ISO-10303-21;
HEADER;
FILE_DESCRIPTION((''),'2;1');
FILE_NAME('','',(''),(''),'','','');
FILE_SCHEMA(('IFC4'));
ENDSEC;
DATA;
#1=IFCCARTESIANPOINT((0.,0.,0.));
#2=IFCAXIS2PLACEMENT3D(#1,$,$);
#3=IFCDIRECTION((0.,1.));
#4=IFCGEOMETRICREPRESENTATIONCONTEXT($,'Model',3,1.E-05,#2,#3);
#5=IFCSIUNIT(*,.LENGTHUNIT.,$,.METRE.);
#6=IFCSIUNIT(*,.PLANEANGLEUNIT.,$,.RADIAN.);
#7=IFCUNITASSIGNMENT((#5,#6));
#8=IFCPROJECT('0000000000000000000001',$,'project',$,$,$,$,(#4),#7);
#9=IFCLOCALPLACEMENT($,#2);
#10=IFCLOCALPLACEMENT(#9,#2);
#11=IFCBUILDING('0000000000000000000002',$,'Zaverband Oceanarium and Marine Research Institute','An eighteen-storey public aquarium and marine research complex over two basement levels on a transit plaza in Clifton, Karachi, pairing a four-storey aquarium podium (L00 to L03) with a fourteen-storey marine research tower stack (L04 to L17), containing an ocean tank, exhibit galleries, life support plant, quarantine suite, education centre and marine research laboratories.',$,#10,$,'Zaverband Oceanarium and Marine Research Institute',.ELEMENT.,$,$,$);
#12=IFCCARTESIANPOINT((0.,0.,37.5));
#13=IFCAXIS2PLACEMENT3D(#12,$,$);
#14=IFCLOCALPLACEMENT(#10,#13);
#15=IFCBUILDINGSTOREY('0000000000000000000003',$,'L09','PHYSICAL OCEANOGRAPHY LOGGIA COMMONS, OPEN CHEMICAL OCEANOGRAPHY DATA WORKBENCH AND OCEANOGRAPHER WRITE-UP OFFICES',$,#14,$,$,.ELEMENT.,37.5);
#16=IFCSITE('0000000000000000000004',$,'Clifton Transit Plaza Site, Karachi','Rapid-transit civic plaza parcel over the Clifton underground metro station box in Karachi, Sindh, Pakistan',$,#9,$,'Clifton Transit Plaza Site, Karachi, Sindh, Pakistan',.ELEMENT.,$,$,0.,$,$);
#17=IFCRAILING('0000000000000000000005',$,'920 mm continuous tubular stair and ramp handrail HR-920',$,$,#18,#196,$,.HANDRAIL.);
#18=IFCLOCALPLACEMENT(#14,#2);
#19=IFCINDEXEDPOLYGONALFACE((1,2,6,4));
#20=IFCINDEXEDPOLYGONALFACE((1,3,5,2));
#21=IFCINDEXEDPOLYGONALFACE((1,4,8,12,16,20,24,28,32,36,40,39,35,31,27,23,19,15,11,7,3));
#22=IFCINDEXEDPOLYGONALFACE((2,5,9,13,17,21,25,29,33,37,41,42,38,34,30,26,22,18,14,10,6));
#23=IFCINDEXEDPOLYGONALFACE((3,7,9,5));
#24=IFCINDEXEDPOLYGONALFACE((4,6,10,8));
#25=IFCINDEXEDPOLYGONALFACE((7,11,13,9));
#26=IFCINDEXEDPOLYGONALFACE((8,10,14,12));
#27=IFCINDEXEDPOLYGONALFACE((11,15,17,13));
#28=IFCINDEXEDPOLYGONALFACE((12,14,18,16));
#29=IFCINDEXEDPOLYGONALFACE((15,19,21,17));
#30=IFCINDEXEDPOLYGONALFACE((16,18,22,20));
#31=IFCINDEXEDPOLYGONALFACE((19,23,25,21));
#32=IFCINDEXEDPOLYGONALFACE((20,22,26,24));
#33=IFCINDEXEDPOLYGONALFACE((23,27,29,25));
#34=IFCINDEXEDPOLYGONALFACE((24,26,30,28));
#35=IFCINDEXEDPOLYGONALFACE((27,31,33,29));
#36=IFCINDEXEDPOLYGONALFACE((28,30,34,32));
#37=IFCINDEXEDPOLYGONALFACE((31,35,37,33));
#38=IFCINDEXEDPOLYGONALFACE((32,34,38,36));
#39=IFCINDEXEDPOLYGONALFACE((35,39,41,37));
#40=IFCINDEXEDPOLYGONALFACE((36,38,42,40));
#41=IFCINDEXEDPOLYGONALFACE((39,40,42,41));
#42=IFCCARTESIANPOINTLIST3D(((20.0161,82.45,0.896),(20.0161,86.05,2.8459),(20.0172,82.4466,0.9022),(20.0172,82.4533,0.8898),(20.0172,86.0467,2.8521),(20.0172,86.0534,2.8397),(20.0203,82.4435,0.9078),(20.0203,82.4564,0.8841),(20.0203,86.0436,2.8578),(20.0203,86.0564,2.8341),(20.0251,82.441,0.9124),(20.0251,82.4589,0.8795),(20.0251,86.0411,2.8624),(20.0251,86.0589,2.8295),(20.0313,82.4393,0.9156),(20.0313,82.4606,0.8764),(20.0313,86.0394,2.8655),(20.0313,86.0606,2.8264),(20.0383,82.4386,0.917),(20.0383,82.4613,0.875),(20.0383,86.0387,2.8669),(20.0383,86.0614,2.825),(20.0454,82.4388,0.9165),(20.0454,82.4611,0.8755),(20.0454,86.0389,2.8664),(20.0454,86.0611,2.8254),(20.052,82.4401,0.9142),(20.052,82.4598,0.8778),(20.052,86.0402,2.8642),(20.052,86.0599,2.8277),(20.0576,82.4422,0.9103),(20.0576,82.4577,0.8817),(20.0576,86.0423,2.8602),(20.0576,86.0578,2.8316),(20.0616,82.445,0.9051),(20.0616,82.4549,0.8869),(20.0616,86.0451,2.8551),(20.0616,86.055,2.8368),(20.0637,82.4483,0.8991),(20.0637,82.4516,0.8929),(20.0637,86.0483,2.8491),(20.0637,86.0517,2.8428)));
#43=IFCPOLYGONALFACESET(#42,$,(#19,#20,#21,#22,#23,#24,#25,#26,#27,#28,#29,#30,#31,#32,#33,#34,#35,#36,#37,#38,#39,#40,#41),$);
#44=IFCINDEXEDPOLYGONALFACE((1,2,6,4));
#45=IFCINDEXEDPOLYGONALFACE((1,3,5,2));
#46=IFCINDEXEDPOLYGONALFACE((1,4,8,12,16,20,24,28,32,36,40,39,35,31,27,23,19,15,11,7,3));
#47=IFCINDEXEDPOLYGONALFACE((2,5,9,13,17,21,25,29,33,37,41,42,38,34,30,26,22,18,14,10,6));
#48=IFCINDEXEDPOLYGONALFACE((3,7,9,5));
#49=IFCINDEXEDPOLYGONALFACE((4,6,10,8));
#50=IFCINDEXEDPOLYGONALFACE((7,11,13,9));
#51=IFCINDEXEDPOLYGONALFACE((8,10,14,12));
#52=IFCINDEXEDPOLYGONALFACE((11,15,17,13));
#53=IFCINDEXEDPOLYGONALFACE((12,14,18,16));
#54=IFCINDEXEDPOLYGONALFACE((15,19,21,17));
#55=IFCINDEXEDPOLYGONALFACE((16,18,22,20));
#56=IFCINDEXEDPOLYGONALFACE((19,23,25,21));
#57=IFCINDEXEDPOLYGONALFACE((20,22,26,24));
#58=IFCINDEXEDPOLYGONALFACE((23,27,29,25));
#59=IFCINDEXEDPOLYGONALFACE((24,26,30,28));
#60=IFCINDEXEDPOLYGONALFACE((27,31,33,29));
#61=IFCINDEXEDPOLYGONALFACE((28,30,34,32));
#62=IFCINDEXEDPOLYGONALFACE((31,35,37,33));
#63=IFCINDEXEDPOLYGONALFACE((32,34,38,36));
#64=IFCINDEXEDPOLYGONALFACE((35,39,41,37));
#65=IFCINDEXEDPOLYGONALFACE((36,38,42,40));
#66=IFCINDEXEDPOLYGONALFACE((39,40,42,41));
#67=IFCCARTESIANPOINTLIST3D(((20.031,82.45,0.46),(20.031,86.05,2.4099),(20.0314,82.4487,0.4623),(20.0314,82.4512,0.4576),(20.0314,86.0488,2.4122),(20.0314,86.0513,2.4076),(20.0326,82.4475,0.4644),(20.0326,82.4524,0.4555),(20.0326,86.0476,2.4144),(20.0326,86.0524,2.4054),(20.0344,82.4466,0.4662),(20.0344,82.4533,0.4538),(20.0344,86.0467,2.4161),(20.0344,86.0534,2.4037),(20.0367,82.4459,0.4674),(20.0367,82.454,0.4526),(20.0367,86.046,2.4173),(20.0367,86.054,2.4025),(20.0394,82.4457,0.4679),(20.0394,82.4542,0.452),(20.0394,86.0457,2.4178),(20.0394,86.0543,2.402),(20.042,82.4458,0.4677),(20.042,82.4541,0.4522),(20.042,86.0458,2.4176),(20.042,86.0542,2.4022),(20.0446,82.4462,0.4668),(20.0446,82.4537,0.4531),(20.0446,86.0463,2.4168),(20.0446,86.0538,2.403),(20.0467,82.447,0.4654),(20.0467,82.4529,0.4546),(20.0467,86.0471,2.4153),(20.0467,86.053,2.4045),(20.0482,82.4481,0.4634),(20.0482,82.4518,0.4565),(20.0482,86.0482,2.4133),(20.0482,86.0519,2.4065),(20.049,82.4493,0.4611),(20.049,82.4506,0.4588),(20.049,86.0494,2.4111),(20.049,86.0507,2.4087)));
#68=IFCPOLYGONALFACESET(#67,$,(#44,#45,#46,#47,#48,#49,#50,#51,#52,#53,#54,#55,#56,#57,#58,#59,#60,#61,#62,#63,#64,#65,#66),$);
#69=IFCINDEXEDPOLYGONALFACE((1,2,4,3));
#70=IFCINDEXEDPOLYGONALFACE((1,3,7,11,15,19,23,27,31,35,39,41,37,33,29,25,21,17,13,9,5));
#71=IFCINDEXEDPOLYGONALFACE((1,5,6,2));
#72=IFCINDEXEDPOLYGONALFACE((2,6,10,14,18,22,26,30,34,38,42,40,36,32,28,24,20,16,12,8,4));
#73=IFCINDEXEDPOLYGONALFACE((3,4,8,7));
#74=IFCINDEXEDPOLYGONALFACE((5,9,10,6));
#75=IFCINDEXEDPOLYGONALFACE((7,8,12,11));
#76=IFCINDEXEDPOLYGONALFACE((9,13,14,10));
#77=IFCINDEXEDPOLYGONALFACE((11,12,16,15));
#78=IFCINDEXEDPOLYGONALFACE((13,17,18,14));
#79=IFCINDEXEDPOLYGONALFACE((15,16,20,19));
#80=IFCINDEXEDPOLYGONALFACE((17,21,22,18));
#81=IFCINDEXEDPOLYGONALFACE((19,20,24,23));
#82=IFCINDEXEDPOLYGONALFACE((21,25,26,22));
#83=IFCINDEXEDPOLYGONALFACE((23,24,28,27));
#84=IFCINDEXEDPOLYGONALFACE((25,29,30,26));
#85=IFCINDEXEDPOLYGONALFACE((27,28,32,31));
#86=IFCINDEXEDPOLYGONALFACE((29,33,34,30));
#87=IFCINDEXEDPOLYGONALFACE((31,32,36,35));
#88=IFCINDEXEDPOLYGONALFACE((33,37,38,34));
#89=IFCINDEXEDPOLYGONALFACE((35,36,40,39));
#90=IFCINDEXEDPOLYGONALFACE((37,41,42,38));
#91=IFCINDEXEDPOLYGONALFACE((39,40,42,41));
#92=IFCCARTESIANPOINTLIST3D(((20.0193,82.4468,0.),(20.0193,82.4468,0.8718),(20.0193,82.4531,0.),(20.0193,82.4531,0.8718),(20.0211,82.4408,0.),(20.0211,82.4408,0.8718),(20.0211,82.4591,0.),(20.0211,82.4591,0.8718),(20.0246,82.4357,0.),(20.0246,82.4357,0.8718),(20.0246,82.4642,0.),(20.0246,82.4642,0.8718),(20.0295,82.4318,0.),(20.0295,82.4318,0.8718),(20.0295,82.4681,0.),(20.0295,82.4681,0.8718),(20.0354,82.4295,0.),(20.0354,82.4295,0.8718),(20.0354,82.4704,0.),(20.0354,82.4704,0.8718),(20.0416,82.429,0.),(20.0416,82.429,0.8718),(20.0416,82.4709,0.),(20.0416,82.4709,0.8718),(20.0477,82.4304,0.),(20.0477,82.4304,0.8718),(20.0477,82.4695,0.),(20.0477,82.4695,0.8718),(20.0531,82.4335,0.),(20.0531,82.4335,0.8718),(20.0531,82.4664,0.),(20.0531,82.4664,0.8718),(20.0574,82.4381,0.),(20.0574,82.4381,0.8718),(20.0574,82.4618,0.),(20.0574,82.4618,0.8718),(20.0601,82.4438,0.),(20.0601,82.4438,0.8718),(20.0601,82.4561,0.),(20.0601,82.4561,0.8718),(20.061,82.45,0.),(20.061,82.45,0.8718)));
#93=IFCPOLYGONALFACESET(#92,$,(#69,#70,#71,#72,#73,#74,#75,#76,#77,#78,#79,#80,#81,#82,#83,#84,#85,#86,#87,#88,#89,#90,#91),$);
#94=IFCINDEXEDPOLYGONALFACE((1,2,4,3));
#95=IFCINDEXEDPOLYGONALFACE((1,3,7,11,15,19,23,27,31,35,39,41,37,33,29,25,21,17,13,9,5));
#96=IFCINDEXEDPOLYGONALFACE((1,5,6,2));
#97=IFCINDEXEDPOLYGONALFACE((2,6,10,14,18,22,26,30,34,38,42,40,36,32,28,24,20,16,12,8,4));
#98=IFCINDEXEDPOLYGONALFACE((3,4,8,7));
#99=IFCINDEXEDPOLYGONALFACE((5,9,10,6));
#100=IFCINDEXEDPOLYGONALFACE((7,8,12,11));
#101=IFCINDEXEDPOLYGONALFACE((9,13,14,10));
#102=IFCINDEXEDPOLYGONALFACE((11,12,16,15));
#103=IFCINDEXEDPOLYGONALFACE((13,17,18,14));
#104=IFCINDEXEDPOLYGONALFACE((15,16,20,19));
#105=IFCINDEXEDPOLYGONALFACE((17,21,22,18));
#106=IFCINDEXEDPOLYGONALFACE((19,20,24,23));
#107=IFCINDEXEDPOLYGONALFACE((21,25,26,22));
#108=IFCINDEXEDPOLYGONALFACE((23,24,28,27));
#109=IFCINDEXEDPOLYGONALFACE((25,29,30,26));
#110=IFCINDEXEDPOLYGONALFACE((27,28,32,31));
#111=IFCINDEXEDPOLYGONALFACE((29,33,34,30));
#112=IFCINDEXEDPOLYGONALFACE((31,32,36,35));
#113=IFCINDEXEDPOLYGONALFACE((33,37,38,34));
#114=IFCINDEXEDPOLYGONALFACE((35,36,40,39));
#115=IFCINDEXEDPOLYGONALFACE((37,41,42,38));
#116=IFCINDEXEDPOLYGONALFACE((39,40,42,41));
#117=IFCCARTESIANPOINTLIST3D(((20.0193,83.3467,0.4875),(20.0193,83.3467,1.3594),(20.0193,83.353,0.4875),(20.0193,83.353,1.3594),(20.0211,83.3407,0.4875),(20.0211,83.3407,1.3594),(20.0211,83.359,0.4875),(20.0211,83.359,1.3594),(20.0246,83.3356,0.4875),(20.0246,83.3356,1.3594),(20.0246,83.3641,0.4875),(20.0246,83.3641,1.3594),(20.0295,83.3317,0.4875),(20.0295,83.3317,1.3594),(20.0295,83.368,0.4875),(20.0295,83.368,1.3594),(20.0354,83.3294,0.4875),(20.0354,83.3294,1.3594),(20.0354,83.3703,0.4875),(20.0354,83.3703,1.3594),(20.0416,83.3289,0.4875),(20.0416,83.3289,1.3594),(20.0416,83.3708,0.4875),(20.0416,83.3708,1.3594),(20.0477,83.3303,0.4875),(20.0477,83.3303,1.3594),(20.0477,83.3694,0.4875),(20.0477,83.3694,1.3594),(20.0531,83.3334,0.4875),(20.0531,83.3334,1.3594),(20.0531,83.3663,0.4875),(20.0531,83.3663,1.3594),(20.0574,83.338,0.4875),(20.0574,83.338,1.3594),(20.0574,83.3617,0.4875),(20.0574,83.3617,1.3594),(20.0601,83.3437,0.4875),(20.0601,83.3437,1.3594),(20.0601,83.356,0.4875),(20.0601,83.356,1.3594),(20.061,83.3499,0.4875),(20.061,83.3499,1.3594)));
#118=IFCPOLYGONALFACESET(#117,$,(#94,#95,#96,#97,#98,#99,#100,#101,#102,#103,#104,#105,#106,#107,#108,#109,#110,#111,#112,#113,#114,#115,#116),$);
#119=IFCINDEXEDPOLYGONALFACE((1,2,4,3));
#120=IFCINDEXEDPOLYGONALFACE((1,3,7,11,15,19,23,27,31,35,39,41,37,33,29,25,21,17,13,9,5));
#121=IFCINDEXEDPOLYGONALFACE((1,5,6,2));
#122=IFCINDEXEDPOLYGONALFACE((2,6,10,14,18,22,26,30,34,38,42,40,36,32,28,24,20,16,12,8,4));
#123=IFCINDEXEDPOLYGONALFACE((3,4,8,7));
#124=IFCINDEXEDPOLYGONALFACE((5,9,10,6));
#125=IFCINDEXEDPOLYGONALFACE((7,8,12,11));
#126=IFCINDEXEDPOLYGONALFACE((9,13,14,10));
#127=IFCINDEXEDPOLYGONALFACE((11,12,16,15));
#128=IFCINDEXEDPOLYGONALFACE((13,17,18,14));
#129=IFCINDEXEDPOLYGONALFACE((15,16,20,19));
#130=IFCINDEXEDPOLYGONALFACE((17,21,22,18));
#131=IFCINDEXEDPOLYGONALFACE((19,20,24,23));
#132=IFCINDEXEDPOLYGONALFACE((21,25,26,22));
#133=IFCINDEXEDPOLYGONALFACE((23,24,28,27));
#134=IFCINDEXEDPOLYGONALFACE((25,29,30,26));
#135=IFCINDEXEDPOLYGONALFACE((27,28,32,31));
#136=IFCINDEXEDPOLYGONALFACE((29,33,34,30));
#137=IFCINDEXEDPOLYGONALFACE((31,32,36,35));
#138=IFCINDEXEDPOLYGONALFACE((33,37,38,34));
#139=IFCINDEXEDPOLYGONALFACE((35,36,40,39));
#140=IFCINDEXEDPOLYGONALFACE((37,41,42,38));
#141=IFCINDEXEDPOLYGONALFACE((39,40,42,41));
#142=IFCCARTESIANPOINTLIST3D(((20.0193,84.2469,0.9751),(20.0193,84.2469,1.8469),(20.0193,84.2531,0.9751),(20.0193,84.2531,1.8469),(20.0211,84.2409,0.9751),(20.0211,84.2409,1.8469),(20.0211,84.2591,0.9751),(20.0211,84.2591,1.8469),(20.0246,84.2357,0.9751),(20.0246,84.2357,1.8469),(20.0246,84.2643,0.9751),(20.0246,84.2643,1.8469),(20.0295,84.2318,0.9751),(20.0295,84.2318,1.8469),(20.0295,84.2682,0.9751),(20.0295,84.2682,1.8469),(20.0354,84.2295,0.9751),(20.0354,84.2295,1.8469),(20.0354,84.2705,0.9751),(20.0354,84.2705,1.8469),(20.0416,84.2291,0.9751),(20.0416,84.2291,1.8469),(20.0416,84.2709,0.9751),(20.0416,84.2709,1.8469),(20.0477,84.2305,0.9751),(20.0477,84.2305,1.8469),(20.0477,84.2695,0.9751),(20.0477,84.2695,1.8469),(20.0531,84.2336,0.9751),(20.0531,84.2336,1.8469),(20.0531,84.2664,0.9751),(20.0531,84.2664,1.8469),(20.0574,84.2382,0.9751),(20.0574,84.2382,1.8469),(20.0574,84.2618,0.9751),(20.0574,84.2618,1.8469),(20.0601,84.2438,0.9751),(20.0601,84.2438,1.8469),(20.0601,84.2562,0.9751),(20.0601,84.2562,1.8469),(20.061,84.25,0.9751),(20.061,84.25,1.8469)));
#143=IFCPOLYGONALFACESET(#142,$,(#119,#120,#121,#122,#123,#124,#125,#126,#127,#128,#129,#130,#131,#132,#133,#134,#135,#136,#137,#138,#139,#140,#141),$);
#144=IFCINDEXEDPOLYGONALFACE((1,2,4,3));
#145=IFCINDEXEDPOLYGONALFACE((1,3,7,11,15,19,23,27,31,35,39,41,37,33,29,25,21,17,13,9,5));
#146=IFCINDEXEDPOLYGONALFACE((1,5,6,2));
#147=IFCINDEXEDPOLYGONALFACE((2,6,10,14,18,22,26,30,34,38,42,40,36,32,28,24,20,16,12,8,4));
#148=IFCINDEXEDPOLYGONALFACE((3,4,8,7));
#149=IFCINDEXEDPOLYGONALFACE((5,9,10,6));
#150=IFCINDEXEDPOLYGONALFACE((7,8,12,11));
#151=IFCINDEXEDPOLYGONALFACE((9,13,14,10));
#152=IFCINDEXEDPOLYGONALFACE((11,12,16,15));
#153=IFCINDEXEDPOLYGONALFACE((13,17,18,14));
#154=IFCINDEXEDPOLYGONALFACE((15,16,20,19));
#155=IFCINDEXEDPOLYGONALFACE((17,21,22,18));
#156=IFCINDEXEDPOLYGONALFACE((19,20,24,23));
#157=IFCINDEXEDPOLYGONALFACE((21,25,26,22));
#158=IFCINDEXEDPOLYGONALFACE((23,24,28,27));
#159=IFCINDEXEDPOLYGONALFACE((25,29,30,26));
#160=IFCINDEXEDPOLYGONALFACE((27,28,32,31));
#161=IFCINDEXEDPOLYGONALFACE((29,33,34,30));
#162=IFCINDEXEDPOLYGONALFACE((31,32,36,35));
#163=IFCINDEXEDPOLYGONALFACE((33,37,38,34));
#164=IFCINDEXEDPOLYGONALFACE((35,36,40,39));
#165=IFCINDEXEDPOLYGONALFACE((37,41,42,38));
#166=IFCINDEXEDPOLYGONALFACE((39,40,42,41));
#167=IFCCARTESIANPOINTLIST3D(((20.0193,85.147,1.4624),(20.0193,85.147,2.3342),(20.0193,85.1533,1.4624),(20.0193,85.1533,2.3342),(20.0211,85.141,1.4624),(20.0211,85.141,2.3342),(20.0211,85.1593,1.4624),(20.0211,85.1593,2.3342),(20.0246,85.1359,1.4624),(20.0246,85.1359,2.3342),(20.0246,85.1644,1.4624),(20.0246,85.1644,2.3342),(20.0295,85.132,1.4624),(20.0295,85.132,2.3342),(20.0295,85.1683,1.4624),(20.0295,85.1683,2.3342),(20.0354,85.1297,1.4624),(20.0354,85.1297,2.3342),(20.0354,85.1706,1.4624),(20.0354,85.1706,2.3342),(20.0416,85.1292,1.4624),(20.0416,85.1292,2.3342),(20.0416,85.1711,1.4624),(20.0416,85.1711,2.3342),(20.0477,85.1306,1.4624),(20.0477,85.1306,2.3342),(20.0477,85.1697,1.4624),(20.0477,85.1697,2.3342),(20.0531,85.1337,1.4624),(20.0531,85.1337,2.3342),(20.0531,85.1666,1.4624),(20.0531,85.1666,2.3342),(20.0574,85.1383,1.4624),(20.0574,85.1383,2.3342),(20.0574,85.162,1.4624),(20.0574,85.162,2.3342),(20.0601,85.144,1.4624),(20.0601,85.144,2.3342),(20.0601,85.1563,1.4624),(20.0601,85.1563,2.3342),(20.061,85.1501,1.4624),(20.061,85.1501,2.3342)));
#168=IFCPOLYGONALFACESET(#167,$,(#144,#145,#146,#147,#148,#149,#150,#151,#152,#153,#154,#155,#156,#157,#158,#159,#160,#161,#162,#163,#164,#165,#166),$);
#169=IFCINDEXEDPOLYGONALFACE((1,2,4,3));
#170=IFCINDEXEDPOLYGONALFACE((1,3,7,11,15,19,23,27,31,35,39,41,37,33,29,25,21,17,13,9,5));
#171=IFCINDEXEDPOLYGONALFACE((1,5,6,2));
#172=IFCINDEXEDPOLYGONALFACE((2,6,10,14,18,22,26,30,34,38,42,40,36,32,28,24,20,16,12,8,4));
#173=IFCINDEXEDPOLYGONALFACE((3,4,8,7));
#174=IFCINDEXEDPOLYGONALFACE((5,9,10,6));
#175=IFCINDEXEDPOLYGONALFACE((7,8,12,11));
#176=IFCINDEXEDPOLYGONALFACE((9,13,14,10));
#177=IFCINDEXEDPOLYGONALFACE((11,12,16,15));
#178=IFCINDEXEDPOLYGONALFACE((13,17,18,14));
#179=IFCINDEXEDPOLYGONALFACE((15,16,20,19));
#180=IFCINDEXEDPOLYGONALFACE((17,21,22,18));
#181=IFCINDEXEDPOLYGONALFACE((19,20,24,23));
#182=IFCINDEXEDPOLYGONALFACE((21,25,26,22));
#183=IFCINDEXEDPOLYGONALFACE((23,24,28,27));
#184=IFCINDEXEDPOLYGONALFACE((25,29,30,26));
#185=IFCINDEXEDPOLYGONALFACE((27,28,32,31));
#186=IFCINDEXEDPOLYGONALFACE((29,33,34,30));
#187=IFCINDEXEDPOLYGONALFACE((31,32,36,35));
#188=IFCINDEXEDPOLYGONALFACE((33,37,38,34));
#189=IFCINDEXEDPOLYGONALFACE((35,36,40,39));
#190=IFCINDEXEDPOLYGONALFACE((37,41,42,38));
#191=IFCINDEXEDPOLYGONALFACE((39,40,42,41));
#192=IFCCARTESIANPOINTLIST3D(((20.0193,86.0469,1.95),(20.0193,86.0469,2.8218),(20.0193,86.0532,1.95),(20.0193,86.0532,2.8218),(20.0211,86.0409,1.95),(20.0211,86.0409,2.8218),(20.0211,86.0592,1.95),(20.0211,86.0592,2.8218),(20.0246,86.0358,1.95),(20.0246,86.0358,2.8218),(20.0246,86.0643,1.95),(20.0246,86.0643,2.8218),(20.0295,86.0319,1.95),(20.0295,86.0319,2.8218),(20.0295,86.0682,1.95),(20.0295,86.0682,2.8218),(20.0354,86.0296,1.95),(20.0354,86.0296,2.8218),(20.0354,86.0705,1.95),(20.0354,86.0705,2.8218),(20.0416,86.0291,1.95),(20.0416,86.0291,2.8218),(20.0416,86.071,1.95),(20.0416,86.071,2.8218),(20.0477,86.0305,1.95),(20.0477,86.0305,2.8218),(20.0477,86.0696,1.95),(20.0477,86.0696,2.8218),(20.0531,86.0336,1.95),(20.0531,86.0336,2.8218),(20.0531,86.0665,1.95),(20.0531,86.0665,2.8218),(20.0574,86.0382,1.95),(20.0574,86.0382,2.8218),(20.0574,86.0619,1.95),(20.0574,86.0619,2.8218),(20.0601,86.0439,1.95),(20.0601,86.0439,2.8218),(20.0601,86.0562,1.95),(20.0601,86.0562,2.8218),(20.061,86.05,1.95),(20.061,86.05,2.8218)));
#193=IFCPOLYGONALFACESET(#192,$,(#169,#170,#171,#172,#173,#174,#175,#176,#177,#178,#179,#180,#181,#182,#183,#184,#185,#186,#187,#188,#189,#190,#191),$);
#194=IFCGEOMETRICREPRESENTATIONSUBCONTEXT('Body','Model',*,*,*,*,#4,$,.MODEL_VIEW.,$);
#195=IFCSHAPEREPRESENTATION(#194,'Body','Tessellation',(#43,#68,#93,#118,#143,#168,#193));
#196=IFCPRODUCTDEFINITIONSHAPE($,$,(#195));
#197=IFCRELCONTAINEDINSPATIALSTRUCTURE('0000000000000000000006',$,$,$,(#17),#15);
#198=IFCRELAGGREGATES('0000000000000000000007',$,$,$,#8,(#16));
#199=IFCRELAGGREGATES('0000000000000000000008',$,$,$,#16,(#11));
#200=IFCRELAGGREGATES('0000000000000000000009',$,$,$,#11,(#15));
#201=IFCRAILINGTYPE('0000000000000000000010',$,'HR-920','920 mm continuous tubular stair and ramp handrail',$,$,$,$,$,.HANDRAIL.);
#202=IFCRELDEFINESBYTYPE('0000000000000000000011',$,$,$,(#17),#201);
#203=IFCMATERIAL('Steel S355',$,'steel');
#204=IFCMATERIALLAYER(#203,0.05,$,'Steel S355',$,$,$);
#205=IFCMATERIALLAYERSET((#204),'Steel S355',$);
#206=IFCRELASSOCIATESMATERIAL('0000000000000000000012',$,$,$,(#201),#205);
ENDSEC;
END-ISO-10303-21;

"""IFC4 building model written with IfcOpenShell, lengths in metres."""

from ifc_helpers import new_model, si_unit, direction, frame, origin, origin_2d, place, context, subcontext, project, spatial, circle, extrude, material, layer, layer_set, type_object, element, save


model = new_model("IFC4")

# Units and contexts
model_context = context("Model", 3, precision=1e-05, world=origin(), true_north=direction((0.0, 1.0)))
body_context = subcontext(model_context, "Body", "Model", "MODEL_VIEW")
ifc_project = project(units=[si_unit("LENGTHUNIT", "METRE"), si_unit("PLANEANGLEUNIT", "RADIAN")], contexts=[model_context])

# Site, building, storey
site_placement = place(None, origin())
site = spatial("IfcSite", under=ifc_project, at=site_placement, Name="Clifton Transit Plaza Site, Karachi", Description="Rapid-transit civic plaza parcel over the Clifton underground metro station box in Karachi, Sindh, Pakistan", LongName="Clifton Transit Plaza Site, Karachi, Sindh, Pakistan", CompositionType="ELEMENT", RefElevation=0.0)
building_placement = place(site_placement, origin())
building = spatial("IfcBuilding", under=site, at=building_placement, Name="Zaverband Oceanarium and Marine Research Institute", Description="An eighteen-storey public aquarium and marine research complex over two basement levels on a transit plaza in Clifton, Karachi, pairing a four-storey aquarium podium (L00 to L03) with a fourteen-storey marine research tower stack (L04 to L17), containing an ocean tank, exhibit galleries, life support plant, quarantine suite, education centre and marine research laboratories.", LongName="Zaverband Oceanarium and Marine Research Institute", CompositionType="ELEMENT")
storey_placement = place(building_placement, frame((0.0, 0.0, 37.5)))
storey = spatial("IfcBuildingStorey", under=building, at=storey_placement, Name="L09", Description="PHYSICAL OCEANOGRAPHY LOGGIA COMMONS, OPEN CHEMICAL OCEANOGRAPHY DATA WORKBENCH AND OCEANOGRAPHER WRITE-UP OFFICES", CompositionType="ELEMENT", Elevation=37.5)

# Shared definitions
ifc_material_1 = material(Name="Steel S355", Category="steel")

# Railing
ifc_layer_1 = layer(ifc_material_1, 0.05, Name="Steel S355")
ifc_layer_set_1 = layer_set([ifc_layer_1], Name="Steel S355")
railing_type_1 = type_object("IfcRailingType", Name="HR-920", Description="920 mm continuous tubular stair and ramp handrail", PredefinedType="HANDRAIL", material=ifc_layer_set_1)
railing_1_placement = place(storey_placement, frame((20.04, 82.45, 0.0)))
element("IfcRailing", 1, at=railing_1_placement, inside=storey, type_object=railing_type_1, Name="920 mm continuous tubular stair and ramp handrail HR-920", PredefinedType="HANDRAIL", context=body_context, shape_type="SweptSolid", body=[
    extrude(circle(Radius=0.0239, at=origin_2d()), frame((0.0, 0.0, 0.896), z_axis=(0.0, 0.879302, 0.476264), x_axis=(-1.0, 0.0, 0.0)), (0.0, 0.0, 1.0), 4.0942),
    extrude(circle(Radius=0.009, at=origin_2d()), frame((0.0, 0.0, 0.46), z_axis=(0.0, 0.879302, 0.476264), x_axis=(-1.0, 0.0, 0.0)), (0.0, 0.0, 1.0), 4.0942),
    extrude(circle(Radius=0.021, at=origin_2d()), origin(), (0.0, 0.0, 1.0), 0.8718),
    extrude(circle(Radius=0.021, at=origin_2d()), frame((0.0, 0.8999, 0.4875)), (0.0, 0.0, 1.0), 0.8718),
    extrude(circle(Radius=0.021, at=origin_2d()), frame((0.0, 1.8, 0.9751)), (0.0, 0.0, 1.0), 0.8718),
    extrude(circle(Radius=0.021, at=origin_2d()), frame((0.0, 2.7002, 1.4624)), (0.0, 0.0, 1.0), 0.8718),
    extrude(circle(Radius=0.021, at=origin_2d()), frame((0.0, 3.6001, 1.95)), (0.0, 0.0, 1.0), 0.8718),
])

save(model, "model.ifc")
